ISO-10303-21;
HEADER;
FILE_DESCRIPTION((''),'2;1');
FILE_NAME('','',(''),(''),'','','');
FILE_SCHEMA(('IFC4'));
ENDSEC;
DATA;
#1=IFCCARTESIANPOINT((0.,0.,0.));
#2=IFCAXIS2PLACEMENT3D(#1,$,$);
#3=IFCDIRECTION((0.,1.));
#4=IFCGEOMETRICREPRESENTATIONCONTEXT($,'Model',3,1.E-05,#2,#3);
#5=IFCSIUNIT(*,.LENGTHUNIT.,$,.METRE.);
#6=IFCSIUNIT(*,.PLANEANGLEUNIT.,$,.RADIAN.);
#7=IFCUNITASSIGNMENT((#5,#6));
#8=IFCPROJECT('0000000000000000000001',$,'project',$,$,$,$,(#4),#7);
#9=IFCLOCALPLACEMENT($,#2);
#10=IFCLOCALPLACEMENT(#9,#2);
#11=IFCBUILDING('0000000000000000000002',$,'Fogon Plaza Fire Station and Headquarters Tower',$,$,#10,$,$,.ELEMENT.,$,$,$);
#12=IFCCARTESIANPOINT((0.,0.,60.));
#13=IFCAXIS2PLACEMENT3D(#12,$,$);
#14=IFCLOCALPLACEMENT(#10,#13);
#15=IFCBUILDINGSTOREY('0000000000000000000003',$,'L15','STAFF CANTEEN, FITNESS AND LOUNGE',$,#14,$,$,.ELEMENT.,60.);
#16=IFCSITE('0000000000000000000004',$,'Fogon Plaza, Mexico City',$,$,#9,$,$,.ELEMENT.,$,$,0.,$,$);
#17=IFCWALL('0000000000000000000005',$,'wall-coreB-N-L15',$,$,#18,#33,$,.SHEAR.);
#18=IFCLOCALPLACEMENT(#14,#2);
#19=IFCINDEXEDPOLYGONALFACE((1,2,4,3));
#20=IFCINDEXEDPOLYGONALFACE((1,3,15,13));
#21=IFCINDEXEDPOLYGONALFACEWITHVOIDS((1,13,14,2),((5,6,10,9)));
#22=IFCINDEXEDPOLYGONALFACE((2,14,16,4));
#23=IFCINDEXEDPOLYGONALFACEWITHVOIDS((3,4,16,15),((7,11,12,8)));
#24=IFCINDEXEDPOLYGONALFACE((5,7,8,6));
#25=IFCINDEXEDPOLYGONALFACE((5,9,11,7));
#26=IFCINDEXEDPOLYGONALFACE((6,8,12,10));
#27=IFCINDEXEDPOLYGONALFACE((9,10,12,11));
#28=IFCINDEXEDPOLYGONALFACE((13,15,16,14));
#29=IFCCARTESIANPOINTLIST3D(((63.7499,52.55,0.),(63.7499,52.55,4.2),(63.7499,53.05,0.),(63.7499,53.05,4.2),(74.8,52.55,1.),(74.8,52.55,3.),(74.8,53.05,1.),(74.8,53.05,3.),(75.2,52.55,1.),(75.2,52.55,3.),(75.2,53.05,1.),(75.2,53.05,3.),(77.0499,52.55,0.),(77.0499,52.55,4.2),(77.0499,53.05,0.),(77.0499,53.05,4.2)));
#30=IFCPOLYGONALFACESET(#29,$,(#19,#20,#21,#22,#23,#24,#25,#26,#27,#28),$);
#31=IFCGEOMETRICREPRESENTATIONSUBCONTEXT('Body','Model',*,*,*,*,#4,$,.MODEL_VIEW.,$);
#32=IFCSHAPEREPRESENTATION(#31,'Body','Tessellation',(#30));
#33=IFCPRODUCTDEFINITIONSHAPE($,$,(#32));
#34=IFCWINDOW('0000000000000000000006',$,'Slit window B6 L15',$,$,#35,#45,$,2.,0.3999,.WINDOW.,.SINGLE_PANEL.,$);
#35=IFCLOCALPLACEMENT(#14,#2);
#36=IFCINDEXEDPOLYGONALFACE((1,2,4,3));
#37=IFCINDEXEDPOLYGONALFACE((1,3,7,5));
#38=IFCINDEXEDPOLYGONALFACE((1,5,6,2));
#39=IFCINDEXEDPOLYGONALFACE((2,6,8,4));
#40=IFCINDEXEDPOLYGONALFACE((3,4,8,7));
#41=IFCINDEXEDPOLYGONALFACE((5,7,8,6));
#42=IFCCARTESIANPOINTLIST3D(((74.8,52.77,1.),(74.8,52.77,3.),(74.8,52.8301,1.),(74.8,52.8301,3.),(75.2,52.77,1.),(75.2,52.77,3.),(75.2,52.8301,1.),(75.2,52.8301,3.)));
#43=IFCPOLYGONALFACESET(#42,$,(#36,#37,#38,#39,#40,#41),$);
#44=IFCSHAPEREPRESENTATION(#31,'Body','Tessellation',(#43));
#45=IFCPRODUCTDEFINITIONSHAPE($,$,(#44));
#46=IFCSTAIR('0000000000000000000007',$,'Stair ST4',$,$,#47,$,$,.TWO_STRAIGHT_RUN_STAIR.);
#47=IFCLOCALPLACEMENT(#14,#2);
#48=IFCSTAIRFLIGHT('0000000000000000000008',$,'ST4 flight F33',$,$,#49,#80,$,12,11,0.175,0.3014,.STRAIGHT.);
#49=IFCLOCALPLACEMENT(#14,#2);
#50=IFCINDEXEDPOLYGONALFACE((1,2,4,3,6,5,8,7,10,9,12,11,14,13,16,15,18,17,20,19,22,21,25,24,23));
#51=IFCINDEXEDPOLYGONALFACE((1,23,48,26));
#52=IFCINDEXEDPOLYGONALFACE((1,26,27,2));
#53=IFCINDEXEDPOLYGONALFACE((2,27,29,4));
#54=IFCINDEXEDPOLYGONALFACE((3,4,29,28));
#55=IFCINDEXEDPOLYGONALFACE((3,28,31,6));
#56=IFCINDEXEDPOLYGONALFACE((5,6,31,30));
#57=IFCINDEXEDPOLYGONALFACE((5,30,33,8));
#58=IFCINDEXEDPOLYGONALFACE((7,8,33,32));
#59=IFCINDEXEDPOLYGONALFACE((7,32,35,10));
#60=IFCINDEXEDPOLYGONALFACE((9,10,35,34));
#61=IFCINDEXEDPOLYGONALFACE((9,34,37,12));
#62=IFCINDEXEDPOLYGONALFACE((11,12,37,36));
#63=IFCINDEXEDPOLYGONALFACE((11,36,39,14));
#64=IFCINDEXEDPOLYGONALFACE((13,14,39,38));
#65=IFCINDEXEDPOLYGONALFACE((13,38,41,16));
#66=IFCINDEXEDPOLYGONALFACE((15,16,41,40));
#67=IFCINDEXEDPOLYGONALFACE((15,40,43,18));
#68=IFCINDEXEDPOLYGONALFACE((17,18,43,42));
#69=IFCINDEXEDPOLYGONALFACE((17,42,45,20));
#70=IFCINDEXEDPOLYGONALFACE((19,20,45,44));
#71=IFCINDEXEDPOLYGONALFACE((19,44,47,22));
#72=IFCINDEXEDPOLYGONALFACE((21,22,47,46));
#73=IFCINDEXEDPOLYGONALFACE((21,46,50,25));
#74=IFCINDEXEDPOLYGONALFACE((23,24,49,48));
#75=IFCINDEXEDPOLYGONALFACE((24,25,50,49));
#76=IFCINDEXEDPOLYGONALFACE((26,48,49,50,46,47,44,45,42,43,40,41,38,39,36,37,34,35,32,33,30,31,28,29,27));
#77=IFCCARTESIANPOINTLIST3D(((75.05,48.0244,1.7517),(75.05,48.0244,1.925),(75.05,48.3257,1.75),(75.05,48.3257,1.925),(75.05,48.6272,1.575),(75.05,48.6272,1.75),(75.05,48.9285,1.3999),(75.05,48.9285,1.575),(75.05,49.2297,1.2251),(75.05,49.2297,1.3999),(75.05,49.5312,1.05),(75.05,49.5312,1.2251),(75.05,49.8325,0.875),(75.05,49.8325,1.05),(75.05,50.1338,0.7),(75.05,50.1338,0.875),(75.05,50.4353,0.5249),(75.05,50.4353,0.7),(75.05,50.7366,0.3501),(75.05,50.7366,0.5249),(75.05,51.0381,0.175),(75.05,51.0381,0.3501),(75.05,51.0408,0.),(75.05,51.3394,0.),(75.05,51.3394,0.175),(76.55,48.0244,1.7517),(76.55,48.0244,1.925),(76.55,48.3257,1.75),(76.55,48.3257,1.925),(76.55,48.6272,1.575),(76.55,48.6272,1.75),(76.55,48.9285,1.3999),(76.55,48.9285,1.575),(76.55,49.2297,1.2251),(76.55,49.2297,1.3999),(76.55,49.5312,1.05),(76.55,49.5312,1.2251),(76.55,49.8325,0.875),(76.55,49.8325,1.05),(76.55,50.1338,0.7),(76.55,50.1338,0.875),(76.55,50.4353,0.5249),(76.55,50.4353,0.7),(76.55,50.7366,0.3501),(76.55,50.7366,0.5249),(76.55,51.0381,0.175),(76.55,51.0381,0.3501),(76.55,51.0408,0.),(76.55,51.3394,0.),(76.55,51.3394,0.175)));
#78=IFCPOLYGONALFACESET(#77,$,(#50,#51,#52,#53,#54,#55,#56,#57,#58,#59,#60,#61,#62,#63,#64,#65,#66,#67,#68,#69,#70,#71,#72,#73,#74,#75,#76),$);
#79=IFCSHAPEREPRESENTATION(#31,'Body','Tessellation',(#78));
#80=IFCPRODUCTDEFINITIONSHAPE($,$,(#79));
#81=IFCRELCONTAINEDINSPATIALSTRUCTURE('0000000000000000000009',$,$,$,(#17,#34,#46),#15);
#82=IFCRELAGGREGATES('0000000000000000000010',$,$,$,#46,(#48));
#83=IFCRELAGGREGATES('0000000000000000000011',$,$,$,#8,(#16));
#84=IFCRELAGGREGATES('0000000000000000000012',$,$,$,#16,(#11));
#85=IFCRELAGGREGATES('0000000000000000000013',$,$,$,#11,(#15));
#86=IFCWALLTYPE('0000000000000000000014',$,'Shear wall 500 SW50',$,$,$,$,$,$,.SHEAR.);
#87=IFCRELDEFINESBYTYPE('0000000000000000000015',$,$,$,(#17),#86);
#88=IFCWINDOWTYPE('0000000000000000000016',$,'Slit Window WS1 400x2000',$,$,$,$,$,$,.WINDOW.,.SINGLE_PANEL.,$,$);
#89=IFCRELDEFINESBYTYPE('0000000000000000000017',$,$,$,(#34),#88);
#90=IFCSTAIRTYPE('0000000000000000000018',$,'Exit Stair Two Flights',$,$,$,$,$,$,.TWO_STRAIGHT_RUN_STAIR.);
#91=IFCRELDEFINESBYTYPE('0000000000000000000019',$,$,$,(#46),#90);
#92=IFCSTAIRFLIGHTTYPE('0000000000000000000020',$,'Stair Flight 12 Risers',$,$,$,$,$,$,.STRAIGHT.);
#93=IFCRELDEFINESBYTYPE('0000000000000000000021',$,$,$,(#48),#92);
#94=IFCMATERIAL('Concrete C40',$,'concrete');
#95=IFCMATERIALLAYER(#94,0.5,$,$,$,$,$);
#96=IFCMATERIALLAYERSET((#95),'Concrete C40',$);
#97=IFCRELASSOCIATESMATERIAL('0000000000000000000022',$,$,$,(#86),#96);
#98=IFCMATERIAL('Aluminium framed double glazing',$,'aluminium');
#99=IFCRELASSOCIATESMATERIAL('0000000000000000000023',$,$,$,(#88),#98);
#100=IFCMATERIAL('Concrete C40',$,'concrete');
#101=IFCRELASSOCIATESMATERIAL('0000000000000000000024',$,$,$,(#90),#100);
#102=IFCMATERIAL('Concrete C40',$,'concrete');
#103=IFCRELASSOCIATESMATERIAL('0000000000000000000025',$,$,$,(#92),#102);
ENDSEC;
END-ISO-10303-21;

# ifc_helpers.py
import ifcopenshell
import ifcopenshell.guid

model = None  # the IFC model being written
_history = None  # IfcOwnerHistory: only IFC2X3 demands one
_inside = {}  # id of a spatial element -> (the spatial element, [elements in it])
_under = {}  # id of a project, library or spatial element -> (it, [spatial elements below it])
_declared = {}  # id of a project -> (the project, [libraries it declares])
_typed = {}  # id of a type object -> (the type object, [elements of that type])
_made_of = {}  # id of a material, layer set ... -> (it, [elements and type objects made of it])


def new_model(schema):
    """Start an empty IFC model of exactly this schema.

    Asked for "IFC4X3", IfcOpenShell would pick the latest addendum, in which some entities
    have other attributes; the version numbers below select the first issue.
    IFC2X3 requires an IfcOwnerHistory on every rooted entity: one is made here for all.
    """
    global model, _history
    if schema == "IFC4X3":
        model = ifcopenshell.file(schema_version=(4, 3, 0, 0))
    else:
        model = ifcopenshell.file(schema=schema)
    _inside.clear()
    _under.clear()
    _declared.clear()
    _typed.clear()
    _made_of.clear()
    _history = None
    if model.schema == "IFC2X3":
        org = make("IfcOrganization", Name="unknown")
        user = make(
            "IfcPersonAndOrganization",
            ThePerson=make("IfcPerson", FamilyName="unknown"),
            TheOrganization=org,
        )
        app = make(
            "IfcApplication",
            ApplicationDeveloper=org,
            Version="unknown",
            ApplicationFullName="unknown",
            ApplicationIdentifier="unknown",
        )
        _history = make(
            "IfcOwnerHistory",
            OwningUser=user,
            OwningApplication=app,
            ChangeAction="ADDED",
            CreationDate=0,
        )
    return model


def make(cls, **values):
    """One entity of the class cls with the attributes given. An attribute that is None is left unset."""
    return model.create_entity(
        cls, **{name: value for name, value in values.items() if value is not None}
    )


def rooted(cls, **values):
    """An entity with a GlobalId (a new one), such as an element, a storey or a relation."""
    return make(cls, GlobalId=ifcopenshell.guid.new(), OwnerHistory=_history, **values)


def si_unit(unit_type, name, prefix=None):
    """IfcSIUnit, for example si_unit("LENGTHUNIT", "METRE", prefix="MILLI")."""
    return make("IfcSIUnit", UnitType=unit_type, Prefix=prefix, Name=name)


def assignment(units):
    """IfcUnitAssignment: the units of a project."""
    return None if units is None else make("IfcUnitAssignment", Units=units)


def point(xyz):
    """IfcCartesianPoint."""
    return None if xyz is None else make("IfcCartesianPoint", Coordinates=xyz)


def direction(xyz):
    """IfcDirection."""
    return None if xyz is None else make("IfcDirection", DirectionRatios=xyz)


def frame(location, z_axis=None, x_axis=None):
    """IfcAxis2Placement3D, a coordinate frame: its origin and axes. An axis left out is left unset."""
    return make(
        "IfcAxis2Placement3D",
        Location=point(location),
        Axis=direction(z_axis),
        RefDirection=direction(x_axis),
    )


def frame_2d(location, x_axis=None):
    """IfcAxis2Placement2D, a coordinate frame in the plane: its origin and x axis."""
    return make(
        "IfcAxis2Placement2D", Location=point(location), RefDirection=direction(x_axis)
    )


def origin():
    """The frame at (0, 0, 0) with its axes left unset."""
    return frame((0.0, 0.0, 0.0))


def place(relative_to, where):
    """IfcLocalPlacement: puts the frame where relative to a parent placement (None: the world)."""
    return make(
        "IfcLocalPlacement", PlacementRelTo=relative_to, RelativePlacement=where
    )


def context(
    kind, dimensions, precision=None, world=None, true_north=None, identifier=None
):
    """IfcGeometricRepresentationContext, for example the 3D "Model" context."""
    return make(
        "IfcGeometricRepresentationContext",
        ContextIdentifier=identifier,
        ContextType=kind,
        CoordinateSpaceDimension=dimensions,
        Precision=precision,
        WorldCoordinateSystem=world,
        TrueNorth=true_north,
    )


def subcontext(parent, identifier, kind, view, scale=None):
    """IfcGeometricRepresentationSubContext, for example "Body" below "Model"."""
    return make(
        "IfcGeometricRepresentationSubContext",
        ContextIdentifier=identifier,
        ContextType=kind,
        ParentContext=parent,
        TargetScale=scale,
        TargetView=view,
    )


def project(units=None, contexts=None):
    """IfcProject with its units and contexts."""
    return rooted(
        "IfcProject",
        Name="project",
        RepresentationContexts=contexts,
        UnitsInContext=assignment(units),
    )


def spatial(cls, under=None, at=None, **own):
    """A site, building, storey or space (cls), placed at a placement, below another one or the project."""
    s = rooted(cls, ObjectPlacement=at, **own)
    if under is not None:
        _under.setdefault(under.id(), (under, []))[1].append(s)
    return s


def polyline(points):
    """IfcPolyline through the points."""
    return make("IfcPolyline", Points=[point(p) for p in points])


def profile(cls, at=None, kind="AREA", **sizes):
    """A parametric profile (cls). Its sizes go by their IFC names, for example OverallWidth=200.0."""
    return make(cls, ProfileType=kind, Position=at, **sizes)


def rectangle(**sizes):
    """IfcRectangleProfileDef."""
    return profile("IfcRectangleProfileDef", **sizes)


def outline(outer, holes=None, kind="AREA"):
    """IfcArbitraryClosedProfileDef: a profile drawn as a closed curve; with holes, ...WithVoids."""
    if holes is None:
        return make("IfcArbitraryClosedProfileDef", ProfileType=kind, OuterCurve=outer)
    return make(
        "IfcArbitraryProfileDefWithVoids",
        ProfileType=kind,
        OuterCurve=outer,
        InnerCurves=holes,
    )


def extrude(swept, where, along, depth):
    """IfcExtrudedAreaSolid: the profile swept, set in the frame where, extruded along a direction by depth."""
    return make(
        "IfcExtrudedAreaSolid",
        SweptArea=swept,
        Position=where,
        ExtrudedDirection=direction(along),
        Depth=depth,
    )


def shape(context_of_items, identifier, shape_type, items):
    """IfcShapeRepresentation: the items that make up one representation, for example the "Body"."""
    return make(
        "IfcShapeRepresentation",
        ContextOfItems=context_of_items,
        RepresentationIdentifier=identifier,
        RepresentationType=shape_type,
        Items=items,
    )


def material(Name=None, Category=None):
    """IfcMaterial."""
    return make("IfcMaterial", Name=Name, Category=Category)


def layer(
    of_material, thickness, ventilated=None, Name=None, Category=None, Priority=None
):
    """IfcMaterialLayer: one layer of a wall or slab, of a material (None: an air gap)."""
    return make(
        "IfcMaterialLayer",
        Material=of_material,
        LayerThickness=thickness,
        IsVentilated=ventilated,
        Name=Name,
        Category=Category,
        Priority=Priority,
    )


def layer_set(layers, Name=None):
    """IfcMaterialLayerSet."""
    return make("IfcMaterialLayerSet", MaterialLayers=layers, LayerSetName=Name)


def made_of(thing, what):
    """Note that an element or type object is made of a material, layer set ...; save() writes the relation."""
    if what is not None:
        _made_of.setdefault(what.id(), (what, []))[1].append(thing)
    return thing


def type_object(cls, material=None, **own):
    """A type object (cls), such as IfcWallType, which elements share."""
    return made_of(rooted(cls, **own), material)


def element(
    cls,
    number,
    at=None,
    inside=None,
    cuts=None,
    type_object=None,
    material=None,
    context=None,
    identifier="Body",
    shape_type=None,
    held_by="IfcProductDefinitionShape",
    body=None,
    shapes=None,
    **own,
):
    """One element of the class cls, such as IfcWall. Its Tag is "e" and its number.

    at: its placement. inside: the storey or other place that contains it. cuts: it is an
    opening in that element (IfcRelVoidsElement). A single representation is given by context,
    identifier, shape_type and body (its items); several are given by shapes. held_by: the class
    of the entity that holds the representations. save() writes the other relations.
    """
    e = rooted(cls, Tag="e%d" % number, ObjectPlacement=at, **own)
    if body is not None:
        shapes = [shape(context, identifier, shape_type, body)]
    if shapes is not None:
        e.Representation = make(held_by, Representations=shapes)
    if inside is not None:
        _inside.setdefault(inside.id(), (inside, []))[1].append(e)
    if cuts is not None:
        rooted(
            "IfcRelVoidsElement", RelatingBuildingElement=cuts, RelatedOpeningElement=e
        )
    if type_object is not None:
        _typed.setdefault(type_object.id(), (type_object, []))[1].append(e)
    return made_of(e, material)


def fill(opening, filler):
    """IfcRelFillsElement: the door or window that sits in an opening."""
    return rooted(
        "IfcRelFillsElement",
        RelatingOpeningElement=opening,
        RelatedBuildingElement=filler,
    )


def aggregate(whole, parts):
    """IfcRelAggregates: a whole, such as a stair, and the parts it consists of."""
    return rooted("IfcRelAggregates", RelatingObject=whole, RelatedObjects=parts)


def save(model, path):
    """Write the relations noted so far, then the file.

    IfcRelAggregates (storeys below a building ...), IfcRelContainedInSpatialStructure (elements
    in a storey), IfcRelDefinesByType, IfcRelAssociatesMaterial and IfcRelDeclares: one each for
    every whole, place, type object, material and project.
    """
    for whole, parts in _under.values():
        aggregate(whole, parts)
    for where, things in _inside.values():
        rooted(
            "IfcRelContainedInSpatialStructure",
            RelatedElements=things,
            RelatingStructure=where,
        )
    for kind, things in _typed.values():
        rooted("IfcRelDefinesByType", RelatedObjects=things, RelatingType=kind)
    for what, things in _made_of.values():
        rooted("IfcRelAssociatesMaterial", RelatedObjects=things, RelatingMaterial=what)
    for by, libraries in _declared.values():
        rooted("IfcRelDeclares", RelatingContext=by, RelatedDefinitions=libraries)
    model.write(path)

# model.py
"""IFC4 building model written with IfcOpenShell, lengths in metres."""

from ifc_helpers import new_model, si_unit, direction, frame, frame_2d, origin, place, context, subcontext, project, spatial, polyline, rectangle, outline, extrude, material, layer, layer_set, type_object, element, fill, aggregate, save


model = new_model("IFC4")

# Units and contexts
model_context = context("Model", 3, precision=1e-05, world=origin(), true_north=direction((0.0, 1.0)))
body_context = subcontext(model_context, "Body", "Model", "MODEL_VIEW")
ifc_project = project(units=[si_unit("LENGTHUNIT", "METRE"), si_unit("PLANEANGLEUNIT", "RADIAN")], contexts=[model_context])

# Site, building, storey
site_placement = place(None, origin())
site = spatial("IfcSite", under=ifc_project, at=site_placement, Name="Fogon Plaza, Mexico City", CompositionType="ELEMENT", RefElevation=0.0)
building_placement = place(site_placement, origin())
building = spatial("IfcBuilding", under=site, at=building_placement, Name="Fogon Plaza Fire Station and Headquarters Tower", CompositionType="ELEMENT")
storey_placement = place(building_placement, frame((0.0, 0.0, 60.0)))
storey = spatial("IfcBuildingStorey", under=building, at=storey_placement, Name="L15", Description="STAFF CANTEEN, FITNESS AND LOUNGE", CompositionType="ELEMENT", Elevation=60.0)

# Wall, opening, window
ifc_material_1 = material(Name="Concrete C40", Category="concrete")
ifc_layer_1 = layer(ifc_material_1, 0.5)
ifc_layer_set_1 = layer_set([ifc_layer_1], Name="Concrete C40")
wall_type_1 = type_object("IfcWallType", Name="Shear wall 500 SW50", PredefinedType="SHEAR", material=ifc_layer_set_1)
wall_1_placement = place(storey_placement, frame((63.75, 52.8, 0.0), z_axis=(0.0, 0.0, 1.0), x_axis=(1.0, 0.0, 0.0)))
wall_1 = element("IfcWall", 1, at=wall_1_placement, inside=storey, type_object=wall_type_1, Name="wall-coreB-N-L15", PredefinedType="SHEAR", context=body_context, shape_type="SweptSolid", body=[
    extrude(rectangle(XDim=13.3, YDim=0.5, at=frame_2d((6.6499, 0.0))), origin(), (0.0, 0.0, 1.0), 4.2),
])
opening_placement = place(wall_1_placement, frame((11.05, 0.0, 1.0)))
opening = element("IfcOpeningElement", 2, at=opening_placement, cuts=wall_1, PredefinedType="OPENING", context=body_context, shape_type="SweptSolid", body=[
    extrude(rectangle(XDim=0.3999, YDim=2.0, at=frame_2d((0.2, 1.0))), frame((0.0, 0.26, 0.0), z_axis=(0.0, -1.0, 0.0), x_axis=(1.0, 0.0, 0.0)), (0.0, 0.0, 1.0), 0.52),
])
ifc_material_2 = material(Name="Aluminium framed double glazing", Category="aluminium")
window_type = type_object("IfcWindowType", Name="Slit Window WS1 400x2000", PartitioningType="SINGLE_PANEL", PredefinedType="WINDOW", material=ifc_material_2)
window_placement = place(opening_placement, origin())
window = element("IfcWindow", 3, at=window_placement, inside=storey, type_object=window_type, Name="Slit window B6 L15", OverallHeight=2.0, OverallWidth=0.3999, PartitioningType="SINGLE_PANEL", PredefinedType="WINDOW", context=body_context, shape_type="SweptSolid", body=[
    extrude(rectangle(XDim=0.3999, YDim=2.0, at=frame_2d((0.2, 1.0))), frame((0.0, 0.03, 0.0), z_axis=(0.0, -1.0, 0.0), x_axis=(1.0, 0.0, 0.0)), (0.0, 0.0, 1.0), 0.0601),
])
fill(opening, window)

# Stair, stair flight
ifc_material_3 = material(Name="Concrete C40", Category="concrete")
stair_type = type_object("IfcStairType", Name="Exit Stair Two Flights", PredefinedType="TWO_STRAIGHT_RUN_STAIR", material=ifc_material_3)
stair_placement = place(storey_placement, origin())
stair = element("IfcStair", 4, at=stair_placement, inside=storey, type_object=stair_type, Name="Stair ST4", PredefinedType="TWO_STRAIGHT_RUN_STAIR")
ifc_material_4 = material(Name="Concrete C40", Category="concrete")
stair_flight_type = type_object("IfcStairFlightType", Name="Stair Flight 12 Risers", PredefinedType="STRAIGHT", material=ifc_material_4)
stair_flight_placement = place(storey_placement, frame((75.8, 51.3394, 0.0), z_axis=(0.0, 0.0, 1.0), x_axis=(0.0, -1.0, 0.0)))
stair_flight = element("IfcStairFlight", 5, at=stair_flight_placement, type_object=stair_flight_type, Name="ST4 flight F33", NumberOfRisers=12, NumberOfTreads=11, PredefinedType="STRAIGHT", RiserHeight=0.175, TreadLength=0.3014, context=body_context, shape_type="SweptSolid", body=[
    extrude(outline(polyline([(0.0, 0.0), (0.0, 0.175), (0.3013, 0.175), (0.3013, 0.3501), (0.6028, 0.3501), (0.6028, 0.5249), (0.9041, 0.5249), (0.9041, 0.7), (1.2056, 0.7), (1.2056, 0.875), (1.5068, 0.875), (1.5068, 1.05), (1.8081, 1.05), (1.8081, 1.2251), (2.1096, 1.2251), (2.1096, 1.3999), (2.4109, 1.3999), (2.4109, 1.575), (2.7122, 1.575), (2.7122, 1.75), (3.0137, 1.75), (3.0137, 1.925), (3.3149, 1.925), (3.3149, 2.1001), (3.3149, 1.7517), (0.2986, 0.0), (0.0, 0.0)])), frame((0.0, 0.75, 0.0), z_axis=(0.0, -1.0, 0.0), x_axis=(1.0, 0.0, 0.0)), (0.0, 0.0, 1.0), 1.5),
])
aggregate(stair, [stair_flight])

save(model, "model.ifc")
